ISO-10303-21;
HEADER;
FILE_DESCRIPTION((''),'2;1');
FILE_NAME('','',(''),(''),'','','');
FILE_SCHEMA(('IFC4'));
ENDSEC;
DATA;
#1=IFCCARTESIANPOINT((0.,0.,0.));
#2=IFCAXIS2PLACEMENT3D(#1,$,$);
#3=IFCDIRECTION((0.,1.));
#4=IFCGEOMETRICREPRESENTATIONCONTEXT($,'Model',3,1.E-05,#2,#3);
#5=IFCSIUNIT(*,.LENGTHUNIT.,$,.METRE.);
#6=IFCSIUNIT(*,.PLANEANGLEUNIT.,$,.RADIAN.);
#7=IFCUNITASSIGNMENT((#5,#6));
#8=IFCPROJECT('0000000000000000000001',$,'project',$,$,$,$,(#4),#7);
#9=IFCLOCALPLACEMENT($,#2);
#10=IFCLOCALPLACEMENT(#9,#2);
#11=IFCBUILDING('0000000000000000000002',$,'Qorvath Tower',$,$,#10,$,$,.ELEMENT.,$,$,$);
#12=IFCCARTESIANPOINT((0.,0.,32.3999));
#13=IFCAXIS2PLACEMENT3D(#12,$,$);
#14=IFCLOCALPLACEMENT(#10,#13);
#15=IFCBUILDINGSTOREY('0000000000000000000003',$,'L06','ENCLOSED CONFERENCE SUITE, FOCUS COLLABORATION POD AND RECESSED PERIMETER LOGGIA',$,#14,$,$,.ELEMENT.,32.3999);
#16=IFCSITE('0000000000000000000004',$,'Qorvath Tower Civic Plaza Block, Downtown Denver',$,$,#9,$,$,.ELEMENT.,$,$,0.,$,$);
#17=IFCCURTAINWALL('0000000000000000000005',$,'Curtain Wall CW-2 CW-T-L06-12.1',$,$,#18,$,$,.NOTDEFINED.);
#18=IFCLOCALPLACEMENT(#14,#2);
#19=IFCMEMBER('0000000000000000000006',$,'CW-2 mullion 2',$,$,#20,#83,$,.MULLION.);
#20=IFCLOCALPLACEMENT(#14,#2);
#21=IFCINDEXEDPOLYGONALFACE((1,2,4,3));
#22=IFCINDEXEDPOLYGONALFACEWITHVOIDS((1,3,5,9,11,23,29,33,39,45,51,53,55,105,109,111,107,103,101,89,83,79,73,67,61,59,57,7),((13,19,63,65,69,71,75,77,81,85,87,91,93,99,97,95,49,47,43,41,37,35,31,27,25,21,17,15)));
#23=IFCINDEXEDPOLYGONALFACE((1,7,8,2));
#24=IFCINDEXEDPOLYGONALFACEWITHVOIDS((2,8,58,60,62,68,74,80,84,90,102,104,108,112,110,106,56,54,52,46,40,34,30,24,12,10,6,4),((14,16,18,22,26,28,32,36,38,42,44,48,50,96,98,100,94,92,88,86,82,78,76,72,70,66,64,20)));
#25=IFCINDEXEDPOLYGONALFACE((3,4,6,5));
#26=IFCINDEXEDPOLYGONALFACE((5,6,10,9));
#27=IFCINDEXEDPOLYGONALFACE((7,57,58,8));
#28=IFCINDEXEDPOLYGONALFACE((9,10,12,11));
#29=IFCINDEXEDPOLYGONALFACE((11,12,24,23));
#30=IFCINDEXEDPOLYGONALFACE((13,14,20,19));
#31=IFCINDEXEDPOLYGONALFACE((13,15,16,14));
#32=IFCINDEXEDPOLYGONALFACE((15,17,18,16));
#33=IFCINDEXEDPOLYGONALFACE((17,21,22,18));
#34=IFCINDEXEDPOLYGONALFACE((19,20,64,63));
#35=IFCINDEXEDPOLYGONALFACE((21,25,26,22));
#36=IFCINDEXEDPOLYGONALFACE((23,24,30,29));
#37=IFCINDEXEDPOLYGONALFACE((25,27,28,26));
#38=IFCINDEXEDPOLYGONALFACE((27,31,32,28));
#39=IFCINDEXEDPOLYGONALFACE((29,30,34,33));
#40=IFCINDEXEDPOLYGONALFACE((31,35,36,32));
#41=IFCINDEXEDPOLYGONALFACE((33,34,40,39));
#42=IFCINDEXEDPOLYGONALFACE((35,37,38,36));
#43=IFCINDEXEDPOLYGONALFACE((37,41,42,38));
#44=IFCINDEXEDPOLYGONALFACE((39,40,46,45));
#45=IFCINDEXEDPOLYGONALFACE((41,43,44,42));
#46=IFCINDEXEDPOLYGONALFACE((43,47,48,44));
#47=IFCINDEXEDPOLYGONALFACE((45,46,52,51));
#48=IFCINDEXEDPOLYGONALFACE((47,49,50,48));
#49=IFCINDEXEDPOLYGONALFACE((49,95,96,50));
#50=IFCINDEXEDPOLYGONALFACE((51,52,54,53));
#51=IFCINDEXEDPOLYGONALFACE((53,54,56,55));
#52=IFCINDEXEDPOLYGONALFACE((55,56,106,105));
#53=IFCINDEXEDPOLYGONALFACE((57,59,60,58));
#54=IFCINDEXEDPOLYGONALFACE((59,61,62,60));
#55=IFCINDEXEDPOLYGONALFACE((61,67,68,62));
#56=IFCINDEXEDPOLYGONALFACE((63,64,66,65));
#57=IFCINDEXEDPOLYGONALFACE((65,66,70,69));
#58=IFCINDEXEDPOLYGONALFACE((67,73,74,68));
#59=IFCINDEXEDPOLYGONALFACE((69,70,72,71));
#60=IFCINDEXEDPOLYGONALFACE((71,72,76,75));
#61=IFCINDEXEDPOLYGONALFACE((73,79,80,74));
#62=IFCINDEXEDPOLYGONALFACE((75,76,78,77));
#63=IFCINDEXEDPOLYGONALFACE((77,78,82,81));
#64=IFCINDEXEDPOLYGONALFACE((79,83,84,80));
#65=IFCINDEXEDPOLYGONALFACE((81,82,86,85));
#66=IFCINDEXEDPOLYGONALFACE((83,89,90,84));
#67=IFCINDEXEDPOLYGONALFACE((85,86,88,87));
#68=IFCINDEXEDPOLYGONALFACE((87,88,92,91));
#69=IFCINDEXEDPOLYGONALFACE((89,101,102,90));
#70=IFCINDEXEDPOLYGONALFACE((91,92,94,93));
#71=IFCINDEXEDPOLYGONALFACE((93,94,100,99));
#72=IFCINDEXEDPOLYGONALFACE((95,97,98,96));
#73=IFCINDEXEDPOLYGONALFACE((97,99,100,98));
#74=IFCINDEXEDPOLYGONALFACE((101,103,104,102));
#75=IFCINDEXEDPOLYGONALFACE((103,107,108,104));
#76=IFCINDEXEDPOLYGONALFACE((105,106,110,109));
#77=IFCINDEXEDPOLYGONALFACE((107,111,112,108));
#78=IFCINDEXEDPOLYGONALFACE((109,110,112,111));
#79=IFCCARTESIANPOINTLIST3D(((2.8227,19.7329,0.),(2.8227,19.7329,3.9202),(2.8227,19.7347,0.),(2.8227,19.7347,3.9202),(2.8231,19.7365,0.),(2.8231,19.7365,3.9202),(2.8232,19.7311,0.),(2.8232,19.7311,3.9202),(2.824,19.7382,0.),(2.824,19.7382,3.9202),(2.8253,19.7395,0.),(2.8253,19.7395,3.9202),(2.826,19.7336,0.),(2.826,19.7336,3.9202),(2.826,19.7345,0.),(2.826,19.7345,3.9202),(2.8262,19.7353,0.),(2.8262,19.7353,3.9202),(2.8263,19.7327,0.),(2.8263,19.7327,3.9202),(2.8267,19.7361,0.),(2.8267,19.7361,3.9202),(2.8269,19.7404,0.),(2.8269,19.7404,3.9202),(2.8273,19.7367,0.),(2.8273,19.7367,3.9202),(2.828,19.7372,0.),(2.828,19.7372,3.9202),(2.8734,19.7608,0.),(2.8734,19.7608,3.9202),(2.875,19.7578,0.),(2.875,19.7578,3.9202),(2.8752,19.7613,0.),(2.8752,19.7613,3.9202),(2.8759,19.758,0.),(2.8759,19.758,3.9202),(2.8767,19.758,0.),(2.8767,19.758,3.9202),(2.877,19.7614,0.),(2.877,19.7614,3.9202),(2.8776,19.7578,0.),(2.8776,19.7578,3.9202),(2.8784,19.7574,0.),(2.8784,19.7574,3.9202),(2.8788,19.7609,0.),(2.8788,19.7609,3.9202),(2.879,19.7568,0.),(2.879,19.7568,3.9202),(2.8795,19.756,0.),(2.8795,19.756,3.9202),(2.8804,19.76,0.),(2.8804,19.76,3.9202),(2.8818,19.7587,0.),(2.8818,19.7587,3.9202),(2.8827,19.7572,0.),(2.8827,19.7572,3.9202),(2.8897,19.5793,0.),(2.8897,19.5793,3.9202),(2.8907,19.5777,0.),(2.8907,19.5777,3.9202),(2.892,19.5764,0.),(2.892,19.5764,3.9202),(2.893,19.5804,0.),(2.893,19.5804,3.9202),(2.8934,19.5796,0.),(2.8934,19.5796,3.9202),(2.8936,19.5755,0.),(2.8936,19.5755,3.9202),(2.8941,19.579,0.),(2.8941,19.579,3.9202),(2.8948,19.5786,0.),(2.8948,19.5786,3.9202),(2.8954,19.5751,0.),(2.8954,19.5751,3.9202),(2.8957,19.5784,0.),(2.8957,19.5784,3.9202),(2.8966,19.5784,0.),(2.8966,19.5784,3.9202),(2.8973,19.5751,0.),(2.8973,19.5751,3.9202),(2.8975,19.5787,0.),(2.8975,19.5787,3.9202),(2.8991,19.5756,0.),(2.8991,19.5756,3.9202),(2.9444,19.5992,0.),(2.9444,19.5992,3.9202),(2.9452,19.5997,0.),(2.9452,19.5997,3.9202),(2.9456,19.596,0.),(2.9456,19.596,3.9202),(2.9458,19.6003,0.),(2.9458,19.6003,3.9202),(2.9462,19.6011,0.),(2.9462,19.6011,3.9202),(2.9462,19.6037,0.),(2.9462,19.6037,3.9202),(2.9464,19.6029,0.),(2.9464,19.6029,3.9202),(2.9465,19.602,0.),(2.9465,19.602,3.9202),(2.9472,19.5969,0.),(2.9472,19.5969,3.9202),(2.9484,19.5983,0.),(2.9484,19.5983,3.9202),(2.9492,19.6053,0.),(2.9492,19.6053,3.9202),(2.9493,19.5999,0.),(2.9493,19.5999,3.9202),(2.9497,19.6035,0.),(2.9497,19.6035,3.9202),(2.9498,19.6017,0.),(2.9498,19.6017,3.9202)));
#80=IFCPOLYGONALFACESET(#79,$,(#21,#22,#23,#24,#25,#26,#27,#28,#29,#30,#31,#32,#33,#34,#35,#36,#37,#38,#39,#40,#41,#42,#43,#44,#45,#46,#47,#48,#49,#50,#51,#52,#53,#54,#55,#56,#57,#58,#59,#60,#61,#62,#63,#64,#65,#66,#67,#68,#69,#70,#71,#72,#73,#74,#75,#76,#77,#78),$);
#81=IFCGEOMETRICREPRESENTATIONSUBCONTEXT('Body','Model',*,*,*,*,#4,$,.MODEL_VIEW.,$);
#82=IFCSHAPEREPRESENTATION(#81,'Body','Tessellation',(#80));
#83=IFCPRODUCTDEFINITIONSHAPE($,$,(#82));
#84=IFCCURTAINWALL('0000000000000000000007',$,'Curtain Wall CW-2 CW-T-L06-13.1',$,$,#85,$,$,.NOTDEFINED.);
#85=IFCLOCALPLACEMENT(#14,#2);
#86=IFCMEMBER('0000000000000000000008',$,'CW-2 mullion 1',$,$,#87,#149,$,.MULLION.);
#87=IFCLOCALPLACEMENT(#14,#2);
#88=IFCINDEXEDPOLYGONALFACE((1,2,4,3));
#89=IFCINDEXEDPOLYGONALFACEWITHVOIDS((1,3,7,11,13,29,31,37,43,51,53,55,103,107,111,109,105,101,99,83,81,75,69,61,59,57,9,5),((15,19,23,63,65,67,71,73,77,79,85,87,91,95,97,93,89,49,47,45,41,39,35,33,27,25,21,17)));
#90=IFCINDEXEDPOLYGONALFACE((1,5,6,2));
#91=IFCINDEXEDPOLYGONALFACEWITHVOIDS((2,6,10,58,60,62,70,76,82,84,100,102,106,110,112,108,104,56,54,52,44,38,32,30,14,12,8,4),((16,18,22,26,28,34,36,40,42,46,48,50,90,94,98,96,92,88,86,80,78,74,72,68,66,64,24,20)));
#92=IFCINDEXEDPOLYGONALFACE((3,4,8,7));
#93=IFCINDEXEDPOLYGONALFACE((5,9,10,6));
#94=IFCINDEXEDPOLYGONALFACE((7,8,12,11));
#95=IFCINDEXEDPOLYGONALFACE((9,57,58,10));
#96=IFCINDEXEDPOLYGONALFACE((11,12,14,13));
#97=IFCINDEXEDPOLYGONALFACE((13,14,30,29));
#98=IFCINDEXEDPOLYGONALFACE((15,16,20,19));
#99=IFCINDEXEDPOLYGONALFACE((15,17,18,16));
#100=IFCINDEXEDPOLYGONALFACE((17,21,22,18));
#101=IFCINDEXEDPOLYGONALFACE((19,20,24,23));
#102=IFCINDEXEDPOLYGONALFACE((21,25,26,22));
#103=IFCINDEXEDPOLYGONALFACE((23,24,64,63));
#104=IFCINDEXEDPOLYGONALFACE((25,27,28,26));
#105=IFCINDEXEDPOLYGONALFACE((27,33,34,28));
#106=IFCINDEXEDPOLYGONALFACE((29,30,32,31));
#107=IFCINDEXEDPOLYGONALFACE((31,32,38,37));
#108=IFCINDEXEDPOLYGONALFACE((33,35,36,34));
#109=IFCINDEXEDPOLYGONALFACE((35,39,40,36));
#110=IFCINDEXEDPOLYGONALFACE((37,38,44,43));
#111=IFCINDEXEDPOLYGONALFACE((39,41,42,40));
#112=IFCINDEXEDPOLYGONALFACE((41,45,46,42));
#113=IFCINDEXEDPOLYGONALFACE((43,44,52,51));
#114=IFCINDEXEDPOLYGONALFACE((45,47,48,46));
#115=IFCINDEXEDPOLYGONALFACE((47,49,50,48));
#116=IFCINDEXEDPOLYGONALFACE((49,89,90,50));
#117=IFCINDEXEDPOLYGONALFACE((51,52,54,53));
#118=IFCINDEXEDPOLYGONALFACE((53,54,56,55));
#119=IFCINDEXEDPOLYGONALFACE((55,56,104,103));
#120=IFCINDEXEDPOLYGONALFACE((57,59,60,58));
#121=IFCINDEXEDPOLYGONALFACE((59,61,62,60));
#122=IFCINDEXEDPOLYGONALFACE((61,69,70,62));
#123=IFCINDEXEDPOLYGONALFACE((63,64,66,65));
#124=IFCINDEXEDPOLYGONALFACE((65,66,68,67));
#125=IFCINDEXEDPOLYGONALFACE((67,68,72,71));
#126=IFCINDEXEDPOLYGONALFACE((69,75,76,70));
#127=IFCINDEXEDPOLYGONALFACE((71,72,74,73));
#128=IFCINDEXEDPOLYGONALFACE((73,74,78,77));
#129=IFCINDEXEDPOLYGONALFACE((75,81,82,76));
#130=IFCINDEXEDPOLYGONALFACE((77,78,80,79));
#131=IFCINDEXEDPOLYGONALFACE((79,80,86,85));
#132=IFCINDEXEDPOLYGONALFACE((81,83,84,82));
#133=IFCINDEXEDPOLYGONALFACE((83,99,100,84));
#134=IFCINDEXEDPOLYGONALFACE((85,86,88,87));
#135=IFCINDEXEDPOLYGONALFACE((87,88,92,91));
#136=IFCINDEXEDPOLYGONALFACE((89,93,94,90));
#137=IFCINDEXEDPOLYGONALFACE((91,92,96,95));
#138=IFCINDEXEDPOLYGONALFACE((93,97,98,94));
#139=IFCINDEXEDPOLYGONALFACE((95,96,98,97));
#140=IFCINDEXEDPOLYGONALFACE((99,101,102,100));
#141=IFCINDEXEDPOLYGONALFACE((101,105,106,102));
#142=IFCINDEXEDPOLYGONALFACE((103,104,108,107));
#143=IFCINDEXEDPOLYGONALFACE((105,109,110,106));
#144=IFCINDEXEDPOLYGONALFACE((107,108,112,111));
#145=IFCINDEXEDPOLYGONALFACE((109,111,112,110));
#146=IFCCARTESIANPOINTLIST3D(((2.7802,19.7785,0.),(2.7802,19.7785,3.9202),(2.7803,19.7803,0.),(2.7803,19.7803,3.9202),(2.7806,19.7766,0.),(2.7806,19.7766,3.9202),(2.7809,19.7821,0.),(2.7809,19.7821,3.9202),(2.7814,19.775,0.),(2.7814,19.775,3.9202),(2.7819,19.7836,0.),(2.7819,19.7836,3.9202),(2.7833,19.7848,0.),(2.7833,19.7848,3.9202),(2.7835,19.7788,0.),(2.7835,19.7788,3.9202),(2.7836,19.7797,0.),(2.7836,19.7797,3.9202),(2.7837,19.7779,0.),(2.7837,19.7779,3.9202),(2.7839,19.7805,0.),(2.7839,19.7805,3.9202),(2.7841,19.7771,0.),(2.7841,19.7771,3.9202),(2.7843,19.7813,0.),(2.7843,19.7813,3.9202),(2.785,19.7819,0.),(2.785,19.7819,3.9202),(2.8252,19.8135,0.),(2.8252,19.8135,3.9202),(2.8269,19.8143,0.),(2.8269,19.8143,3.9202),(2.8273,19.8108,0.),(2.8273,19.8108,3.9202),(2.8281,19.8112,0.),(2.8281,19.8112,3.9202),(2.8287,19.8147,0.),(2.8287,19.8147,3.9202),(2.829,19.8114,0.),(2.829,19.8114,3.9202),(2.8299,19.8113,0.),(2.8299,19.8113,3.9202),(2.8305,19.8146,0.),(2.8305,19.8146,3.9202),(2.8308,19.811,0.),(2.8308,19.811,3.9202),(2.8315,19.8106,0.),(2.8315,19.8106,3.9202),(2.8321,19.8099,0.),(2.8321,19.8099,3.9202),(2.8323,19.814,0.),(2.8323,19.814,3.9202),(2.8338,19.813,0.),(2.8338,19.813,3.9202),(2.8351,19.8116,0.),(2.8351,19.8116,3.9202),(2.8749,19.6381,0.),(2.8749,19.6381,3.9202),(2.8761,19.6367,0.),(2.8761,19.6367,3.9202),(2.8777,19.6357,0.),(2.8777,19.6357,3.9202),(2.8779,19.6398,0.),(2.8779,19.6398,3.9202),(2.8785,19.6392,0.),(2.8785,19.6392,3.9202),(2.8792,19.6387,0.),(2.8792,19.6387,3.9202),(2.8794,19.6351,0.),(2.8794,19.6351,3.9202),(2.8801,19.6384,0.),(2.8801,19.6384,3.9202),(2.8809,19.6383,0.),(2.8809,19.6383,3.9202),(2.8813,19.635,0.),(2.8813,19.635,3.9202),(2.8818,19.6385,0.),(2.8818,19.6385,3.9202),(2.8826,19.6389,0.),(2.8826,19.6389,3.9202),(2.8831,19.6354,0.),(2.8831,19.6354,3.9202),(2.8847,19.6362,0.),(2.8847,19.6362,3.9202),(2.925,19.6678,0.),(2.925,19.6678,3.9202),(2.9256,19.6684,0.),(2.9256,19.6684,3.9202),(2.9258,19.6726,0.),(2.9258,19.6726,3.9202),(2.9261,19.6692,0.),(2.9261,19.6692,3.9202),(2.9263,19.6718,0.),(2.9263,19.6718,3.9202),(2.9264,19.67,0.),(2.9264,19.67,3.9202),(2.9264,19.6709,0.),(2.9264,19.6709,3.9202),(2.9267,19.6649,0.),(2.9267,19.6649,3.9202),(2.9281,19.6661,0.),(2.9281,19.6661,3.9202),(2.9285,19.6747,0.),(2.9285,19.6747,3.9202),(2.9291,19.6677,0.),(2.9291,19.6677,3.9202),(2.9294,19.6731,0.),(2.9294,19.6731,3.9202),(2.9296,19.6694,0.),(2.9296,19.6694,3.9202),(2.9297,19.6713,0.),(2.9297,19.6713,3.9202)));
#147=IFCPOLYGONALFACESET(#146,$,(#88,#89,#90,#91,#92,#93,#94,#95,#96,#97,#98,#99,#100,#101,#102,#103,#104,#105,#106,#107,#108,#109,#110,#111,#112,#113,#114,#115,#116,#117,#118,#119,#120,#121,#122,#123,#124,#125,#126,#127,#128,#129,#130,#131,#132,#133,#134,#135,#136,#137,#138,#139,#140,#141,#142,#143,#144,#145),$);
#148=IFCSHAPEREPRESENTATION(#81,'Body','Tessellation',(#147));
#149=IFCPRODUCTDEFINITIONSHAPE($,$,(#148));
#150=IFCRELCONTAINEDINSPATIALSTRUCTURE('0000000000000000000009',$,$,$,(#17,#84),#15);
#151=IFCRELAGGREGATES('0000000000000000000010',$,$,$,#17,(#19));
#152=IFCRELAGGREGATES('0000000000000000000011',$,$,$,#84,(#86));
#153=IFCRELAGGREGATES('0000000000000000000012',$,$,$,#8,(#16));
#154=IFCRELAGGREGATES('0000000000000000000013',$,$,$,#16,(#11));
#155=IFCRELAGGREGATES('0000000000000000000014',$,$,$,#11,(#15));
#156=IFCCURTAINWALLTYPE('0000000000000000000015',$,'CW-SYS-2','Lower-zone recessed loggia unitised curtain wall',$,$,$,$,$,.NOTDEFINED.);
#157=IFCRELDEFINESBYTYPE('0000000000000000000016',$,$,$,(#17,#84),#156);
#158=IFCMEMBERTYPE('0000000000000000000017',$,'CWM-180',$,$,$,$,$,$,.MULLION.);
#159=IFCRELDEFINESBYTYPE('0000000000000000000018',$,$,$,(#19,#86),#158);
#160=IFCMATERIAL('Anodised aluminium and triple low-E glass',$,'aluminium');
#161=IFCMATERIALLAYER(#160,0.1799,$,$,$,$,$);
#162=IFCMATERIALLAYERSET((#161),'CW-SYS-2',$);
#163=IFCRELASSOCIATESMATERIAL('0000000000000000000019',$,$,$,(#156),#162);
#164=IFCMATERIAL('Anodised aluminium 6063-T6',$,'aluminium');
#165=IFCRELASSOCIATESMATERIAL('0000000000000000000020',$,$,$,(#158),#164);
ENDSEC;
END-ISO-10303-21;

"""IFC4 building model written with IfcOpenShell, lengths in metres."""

from ifc_helpers import new_model, si_unit, direction, frame, origin, origin_2d, place, context, subcontext, project, spatial, hollow_rectangle, extrude, material, layer, layer_set, material_profile, profile_set, type_object, element, aggregate, save


model = new_model("IFC4")

# Units and contexts
model_context = context("Model", 3, precision=1e-05, world=origin(), true_north=direction((0.0, 1.0)))
body_context = subcontext(model_context, "Body", "Model", "MODEL_VIEW")
ifc_project = project(units=[si_unit("LENGTHUNIT", "METRE"), si_unit("PLANEANGLEUNIT", "RADIAN")], contexts=[model_context])

# Site, building, storey
site_placement = place(None, origin())
site = spatial("IfcSite", under=ifc_project, at=site_placement, Name="Qorvath Tower Civic Plaza Block, Downtown Denver", CompositionType="ELEMENT", RefElevation=0.0)
building_placement = place(site_placement, origin())
building = spatial("IfcBuilding", under=site, at=building_placement, Name="Qorvath Tower", CompositionType="ELEMENT")
storey_placement = place(building_placement, frame((0.0, 0.0, 32.3999)))
storey = spatial("IfcBuildingStorey", under=building, at=storey_placement, Name="L06", Description="ENCLOSED CONFERENCE SUITE, FOCUS COLLABORATION POD AND RECESSED PERIMETER LOGGIA", CompositionType="ELEMENT", Elevation=32.3999)

# Shared definitions
ifc_material_1 = material(Name="Anodised aluminium and triple low-E glass", Category="aluminium")
ifc_layer_1 = layer(ifc_material_1, 0.1799)
ifc_layer_set_1 = layer_set([ifc_layer_1], Name="CW-SYS-2")
curtain_wall_type = type_object("IfcCurtainWallType", Name="CW-SYS-2", Description="Lower-zone recessed loggia unitised curtain wall", PredefinedType="NOTDEFINED", material=ifc_layer_set_1)
ifc_material_2 = material(Name="Anodised aluminium 6063-T6", Category="aluminium")
ifc_material_profile_1 = material_profile(ifc_material_2, hollow_rectangle(XDim=0.0649, YDim=0.1799, WallThickness=0.0034, InnerFilletRadius=0.0034, OuterFilletRadius=0.0071, at=origin_2d()), Name="CWM 180x65")
ifc_profile_set_1 = profile_set([ifc_material_profile_1], Name="Anodised aluminium 6063-T6")
member_type_1 = type_object("IfcMemberType", Name="CWM-180", PredefinedType="MULLION", material=ifc_profile_set_1)

# Curtain walls, members
curtain_wall_1_placement = place(storey_placement, origin())
curtain_wall_1 = element("IfcCurtainWall", 1, at=curtain_wall_1_placement, inside=storey, type_object=curtain_wall_type, Name="Curtain Wall CW-2 CW-T-L06-12.1", PredefinedType="NOTDEFINED")
member_1_placement = place(storey_placement, frame((2.8862, 19.6682, 0.0), z_axis=(0.0, 0.0, 1.0), x_axis=(-0.916026, -0.401118, 0.0)))
member_1 = element("IfcMember", 2, at=member_1_placement, type_object=member_type_1, Name="CW-2 mullion 2", PredefinedType="MULLION", context=body_context, shape_type="SweptSolid", body=[
    extrude(hollow_rectangle(XDim=0.0649, YDim=0.1799, WallThickness=0.0034, InnerFilletRadius=0.0034, OuterFilletRadius=0.0071, at=origin_2d()), origin(), (0.0, 0.0, 1.0), 3.9202),
])
curtain_wall_2_placement = place(storey_placement, origin())
curtain_wall_2 = element("IfcCurtainWall", 3, at=curtain_wall_2_placement, inside=storey, type_object=curtain_wall_type, Name="Curtain Wall CW-2 CW-T-L06-13.1", PredefinedType="NOTDEFINED")
member_2_placement = place(storey_placement, frame((2.855, 19.7249, 0.0), z_axis=(0.0, 0.0, 1.0), x_axis=(-0.825864, -0.563869, 0.0)))
member_2 = element("IfcMember", 4, at=member_2_placement, type_object=member_type_1, Name="CW-2 mullion 1", PredefinedType="MULLION", context=body_context, shape_type="SweptSolid", body=[
    extrude(hollow_rectangle(XDim=0.0649, YDim=0.1799, WallThickness=0.0034, InnerFilletRadius=0.0034, OuterFilletRadius=0.0071, at=origin_2d()), origin(), (0.0, 0.0, 1.0), 3.9202),
])

aggregate(curtain_wall_1, [member_1])
aggregate(curtain_wall_2, [member_2])

save(model, "model.ifc")
